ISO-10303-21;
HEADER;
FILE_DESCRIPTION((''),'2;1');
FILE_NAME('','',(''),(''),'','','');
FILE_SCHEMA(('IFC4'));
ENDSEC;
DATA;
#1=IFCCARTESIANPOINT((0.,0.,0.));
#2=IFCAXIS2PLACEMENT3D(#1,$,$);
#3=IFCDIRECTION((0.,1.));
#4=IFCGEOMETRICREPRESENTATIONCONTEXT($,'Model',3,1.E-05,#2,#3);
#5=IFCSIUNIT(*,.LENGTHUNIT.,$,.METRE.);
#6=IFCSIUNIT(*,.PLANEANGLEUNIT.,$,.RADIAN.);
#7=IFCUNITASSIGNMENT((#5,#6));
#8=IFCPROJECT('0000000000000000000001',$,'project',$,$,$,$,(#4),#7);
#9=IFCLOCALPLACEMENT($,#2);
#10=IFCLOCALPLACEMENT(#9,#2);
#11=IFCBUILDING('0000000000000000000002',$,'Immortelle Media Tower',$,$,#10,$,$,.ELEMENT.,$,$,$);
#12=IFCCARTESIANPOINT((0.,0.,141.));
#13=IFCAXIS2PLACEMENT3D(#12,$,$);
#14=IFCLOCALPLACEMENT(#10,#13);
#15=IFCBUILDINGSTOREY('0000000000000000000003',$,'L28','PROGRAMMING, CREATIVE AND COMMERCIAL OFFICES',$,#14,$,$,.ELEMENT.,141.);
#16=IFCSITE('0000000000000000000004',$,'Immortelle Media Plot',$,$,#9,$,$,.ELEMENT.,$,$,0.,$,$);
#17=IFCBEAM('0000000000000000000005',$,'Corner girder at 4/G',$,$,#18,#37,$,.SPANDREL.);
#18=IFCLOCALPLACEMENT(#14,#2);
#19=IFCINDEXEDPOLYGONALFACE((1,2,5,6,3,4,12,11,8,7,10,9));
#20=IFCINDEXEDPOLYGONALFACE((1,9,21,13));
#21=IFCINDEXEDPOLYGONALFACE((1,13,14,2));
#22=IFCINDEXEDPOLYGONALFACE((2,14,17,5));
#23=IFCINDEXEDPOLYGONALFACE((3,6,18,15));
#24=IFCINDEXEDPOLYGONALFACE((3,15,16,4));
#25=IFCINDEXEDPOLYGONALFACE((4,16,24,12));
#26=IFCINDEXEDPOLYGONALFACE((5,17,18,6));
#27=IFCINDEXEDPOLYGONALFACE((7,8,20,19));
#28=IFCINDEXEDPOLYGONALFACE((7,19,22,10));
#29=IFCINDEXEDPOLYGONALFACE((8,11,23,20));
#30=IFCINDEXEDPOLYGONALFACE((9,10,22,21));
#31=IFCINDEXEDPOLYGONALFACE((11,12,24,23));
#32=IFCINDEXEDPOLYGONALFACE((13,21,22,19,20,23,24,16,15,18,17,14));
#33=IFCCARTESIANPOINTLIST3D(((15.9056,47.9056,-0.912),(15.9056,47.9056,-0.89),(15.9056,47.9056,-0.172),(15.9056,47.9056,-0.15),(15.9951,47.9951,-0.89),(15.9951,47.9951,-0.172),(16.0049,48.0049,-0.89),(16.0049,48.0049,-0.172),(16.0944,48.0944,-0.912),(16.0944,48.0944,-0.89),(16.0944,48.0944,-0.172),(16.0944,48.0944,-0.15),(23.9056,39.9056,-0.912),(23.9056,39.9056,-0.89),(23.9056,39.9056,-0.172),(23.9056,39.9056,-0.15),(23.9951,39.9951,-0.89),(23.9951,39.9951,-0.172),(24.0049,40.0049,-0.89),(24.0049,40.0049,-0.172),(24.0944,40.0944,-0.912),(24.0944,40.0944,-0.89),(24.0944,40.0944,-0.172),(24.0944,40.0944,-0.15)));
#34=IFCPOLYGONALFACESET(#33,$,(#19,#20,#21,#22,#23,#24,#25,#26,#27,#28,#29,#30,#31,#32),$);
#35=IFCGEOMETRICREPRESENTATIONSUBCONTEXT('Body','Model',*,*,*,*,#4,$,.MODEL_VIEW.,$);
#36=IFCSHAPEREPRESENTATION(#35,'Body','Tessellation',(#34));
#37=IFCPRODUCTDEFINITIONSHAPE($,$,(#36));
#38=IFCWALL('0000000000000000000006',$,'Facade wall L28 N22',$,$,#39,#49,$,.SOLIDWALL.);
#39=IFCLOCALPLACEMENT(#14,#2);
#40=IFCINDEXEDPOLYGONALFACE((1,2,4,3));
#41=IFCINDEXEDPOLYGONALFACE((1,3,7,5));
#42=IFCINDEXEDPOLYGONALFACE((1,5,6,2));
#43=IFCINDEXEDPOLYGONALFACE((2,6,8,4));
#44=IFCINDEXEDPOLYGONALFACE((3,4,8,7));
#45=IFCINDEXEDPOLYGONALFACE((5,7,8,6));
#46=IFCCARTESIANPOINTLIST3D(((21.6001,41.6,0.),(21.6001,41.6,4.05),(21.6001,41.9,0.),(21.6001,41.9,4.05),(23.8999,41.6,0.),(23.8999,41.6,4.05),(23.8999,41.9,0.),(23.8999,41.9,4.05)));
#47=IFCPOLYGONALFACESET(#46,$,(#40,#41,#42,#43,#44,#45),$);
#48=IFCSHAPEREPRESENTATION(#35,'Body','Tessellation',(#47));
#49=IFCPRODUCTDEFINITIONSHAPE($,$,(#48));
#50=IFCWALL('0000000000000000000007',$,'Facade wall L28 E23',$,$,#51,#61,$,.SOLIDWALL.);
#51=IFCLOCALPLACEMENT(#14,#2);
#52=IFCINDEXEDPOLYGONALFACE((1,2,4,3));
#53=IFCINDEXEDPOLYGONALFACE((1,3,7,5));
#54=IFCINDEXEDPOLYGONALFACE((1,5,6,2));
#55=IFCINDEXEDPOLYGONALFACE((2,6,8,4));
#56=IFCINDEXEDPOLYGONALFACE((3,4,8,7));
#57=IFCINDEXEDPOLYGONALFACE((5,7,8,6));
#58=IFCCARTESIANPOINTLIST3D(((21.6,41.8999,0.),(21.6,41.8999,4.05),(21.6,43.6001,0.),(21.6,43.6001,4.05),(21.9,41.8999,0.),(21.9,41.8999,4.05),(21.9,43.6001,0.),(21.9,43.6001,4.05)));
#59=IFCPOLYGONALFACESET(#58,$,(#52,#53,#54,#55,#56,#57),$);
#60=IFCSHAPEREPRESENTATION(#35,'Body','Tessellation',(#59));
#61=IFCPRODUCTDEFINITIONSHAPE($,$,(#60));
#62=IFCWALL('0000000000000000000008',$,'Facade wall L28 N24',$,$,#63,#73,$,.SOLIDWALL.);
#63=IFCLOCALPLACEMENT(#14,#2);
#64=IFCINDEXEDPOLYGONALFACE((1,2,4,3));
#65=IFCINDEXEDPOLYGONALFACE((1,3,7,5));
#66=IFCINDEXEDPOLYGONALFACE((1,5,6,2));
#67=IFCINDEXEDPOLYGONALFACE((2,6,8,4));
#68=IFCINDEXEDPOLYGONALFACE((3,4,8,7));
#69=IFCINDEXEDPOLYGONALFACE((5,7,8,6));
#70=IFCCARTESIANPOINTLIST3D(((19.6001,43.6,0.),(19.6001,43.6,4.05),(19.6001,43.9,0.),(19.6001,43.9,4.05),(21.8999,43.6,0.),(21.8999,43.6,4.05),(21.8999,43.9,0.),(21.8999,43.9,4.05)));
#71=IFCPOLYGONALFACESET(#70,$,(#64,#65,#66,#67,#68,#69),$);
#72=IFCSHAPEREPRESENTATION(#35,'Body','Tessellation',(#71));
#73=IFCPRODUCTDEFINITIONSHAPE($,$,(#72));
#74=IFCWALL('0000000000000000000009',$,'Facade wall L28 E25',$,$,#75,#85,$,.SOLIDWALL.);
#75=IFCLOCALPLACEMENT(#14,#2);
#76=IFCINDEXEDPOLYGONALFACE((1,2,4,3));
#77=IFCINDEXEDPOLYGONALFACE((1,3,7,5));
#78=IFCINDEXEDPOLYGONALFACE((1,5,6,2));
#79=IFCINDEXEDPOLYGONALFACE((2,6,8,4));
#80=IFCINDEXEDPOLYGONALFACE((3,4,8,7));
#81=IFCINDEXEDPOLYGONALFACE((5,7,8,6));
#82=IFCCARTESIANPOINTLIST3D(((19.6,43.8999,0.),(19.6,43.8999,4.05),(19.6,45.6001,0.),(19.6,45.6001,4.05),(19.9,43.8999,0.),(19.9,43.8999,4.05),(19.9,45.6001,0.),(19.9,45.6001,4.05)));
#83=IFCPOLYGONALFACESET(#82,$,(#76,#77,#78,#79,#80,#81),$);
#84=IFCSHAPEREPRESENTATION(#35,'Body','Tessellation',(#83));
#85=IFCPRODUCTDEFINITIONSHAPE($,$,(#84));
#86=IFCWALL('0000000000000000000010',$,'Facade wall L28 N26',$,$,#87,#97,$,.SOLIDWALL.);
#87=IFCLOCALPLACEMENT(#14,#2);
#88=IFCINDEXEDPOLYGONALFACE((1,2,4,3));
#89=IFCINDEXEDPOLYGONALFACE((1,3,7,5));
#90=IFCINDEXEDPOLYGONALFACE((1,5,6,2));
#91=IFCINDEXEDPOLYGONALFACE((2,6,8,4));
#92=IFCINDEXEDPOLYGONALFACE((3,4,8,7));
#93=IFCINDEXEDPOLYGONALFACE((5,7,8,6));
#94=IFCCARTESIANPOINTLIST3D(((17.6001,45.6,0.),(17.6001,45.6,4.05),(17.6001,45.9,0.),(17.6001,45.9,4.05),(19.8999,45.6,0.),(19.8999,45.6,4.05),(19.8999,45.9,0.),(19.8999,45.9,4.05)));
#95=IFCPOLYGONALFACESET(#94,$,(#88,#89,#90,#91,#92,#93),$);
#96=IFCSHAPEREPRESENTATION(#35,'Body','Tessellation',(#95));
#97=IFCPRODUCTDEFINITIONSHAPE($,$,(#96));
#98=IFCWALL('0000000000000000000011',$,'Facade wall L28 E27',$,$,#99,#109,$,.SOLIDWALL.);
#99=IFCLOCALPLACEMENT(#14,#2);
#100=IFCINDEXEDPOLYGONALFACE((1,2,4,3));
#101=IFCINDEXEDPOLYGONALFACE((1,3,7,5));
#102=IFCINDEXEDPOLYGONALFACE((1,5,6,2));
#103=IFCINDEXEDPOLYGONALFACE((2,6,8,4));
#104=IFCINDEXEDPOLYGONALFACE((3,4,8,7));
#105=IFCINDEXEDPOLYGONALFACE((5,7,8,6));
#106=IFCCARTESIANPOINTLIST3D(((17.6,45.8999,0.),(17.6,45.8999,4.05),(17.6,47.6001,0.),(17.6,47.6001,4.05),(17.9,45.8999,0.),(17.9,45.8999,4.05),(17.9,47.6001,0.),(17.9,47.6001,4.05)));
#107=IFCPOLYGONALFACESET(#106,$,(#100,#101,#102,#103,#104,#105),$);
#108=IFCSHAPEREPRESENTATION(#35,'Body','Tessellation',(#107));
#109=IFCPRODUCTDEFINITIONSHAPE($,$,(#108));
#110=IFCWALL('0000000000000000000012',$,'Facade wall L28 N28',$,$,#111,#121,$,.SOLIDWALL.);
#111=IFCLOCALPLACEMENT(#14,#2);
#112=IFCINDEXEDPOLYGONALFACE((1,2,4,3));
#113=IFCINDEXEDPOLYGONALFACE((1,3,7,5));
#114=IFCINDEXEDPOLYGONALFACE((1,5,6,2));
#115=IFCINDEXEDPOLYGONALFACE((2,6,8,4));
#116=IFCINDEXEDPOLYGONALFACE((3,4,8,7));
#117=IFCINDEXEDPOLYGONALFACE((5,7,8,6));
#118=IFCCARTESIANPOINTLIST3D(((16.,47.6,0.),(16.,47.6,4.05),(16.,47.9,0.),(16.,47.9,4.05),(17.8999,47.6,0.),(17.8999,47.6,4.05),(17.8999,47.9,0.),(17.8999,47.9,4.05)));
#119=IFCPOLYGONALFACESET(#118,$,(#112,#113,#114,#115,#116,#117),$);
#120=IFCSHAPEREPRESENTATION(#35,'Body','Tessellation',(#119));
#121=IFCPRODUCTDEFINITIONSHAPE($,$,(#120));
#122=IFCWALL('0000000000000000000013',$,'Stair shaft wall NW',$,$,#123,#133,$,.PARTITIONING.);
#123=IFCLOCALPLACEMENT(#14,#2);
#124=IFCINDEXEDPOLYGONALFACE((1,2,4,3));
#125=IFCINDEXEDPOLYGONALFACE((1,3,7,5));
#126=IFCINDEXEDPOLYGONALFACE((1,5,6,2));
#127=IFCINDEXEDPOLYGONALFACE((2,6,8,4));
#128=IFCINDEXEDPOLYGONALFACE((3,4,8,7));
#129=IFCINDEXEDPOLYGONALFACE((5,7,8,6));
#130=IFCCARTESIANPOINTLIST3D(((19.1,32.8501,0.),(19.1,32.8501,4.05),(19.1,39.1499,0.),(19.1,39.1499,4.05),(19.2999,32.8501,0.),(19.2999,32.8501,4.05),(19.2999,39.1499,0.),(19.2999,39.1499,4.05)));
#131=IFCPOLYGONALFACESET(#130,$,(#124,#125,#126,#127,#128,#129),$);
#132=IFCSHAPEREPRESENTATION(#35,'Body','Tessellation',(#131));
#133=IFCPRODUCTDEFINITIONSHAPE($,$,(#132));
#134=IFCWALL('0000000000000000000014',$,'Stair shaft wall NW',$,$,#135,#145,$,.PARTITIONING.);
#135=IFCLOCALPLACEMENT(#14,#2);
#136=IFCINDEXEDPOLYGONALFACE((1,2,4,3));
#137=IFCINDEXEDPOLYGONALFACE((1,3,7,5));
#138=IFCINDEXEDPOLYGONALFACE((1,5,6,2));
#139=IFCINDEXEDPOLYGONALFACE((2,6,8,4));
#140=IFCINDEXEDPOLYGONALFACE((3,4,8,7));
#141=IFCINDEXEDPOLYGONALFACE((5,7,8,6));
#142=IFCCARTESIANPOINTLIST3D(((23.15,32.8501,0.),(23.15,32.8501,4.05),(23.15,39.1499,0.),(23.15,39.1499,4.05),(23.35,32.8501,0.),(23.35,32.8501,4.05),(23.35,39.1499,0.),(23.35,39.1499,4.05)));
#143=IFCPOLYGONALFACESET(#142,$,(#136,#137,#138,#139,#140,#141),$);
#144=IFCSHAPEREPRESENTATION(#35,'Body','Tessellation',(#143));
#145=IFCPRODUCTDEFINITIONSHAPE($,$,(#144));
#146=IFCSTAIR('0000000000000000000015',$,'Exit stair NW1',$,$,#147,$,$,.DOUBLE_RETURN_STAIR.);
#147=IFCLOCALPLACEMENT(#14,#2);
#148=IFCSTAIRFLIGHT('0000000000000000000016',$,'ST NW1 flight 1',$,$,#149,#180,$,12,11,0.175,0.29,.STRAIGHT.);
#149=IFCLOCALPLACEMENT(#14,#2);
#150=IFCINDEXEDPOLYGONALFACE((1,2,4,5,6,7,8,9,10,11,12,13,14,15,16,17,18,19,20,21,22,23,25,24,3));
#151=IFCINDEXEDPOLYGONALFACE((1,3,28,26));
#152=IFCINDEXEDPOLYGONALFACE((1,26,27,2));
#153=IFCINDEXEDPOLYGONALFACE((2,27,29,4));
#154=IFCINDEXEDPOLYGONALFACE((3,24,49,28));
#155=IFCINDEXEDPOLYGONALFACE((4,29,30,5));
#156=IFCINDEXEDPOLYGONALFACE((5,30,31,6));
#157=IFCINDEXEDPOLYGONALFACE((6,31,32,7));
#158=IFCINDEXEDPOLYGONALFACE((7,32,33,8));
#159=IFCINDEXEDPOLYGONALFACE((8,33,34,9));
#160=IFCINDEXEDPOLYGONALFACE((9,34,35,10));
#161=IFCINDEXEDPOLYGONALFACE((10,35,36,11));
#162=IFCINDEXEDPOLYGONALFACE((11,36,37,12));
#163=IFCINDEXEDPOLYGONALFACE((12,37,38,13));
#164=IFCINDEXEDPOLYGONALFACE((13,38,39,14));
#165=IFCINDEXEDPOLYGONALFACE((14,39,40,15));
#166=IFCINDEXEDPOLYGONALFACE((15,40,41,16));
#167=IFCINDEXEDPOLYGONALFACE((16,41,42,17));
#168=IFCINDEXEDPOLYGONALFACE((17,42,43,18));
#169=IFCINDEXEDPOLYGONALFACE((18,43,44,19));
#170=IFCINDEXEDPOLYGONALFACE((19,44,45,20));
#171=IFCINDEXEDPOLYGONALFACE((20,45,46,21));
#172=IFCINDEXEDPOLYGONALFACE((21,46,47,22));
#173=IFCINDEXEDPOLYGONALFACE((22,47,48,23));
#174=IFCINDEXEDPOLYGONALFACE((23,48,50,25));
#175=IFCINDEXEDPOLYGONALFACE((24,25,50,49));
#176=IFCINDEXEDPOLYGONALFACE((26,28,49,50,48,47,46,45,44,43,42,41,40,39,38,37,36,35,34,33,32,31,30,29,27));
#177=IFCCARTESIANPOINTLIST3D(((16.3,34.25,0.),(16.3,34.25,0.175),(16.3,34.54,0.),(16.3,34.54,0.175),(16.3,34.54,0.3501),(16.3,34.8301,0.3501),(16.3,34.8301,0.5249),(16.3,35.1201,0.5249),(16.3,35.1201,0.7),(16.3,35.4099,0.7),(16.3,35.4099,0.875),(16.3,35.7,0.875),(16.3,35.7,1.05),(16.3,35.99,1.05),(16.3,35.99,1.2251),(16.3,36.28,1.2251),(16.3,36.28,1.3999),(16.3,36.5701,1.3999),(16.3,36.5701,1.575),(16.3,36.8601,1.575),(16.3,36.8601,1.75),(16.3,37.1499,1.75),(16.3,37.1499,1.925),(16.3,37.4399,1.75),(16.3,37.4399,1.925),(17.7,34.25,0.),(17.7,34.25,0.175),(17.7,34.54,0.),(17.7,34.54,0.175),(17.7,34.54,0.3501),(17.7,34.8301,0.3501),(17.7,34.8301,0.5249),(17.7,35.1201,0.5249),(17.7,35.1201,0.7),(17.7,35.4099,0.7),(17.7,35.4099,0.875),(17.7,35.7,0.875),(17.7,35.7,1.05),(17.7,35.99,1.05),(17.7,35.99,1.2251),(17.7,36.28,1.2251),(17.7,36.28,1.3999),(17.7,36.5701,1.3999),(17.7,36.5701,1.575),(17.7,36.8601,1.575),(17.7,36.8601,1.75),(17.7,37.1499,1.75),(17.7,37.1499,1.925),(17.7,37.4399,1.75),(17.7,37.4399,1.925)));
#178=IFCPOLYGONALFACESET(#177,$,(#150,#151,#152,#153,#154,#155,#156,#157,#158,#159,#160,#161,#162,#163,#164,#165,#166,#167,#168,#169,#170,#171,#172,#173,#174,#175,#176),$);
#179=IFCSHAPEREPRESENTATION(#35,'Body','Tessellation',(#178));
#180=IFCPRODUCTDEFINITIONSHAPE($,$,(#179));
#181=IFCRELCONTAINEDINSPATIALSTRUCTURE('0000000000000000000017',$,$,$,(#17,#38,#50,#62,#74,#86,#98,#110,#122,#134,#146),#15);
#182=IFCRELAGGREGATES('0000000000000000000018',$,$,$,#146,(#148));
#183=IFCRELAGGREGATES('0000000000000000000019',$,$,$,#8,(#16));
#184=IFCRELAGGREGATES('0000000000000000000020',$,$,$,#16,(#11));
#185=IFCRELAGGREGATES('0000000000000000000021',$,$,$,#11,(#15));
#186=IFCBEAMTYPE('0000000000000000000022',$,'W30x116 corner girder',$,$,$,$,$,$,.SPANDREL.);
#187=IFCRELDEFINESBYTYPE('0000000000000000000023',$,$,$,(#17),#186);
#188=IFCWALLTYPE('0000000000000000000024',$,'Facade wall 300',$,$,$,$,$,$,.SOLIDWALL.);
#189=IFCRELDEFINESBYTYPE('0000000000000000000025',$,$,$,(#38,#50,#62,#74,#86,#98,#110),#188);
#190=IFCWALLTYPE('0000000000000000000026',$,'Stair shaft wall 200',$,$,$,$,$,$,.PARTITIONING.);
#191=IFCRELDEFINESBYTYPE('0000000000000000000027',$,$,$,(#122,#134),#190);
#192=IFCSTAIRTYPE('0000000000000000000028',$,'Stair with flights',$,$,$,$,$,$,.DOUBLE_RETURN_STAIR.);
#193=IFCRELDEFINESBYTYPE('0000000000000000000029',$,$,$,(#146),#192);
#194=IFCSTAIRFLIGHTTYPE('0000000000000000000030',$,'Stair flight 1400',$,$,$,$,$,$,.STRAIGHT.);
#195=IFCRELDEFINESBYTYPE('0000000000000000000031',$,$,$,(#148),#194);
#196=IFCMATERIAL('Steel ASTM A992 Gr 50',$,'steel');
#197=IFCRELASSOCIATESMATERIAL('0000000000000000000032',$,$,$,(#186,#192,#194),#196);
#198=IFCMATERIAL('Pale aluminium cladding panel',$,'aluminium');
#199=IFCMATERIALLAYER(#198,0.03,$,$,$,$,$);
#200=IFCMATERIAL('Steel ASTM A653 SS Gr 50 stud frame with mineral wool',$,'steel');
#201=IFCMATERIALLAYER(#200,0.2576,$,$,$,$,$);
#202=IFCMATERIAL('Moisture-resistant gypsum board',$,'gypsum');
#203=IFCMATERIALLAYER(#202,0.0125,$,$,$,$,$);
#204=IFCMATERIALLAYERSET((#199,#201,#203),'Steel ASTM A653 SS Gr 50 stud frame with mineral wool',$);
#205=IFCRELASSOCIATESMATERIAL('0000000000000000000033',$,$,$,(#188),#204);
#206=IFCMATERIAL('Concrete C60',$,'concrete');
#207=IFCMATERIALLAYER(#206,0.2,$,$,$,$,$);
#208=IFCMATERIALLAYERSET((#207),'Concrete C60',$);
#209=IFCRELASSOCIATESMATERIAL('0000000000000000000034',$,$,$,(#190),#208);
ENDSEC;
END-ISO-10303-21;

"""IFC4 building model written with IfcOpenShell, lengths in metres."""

from ifc_helpers import new_model, si_unit, direction, frame, frame_2d, origin, origin_2d, place, context, subcontext, project, spatial, polyline, rectangle, i_section, outline, extrude, material, layer, layer_set, material_profile, profile_set, type_object, element, aggregate, save


model = new_model("IFC4")

# Units and contexts
model_context = context("Model", 3, precision=1e-05, world=origin(), true_north=direction((0.0, 1.0)))
body_context = subcontext(model_context, "Body", "Model", "MODEL_VIEW")
ifc_project = project(units=[si_unit("LENGTHUNIT", "METRE"), si_unit("PLANEANGLEUNIT", "RADIAN")], contexts=[model_context])

# Site, building, storey
site_placement = place(None, origin())
site = spatial("IfcSite", under=ifc_project, at=site_placement, Name="Immortelle Media Plot", CompositionType="ELEMENT", RefElevation=0.0)
building_placement = place(site_placement, origin())
building = spatial("IfcBuilding", under=site, at=building_placement, Name="Immortelle Media Tower", CompositionType="ELEMENT")
storey_placement = place(building_placement, frame((0.0, 0.0, 141.0)))
storey = spatial("IfcBuildingStorey", under=building, at=storey_placement, Name="L28", Description="PROGRAMMING, CREATIVE AND COMMERCIAL OFFICES", CompositionType="ELEMENT", Elevation=141.0)

# Shared definitions
ifc_material_1 = material(Name="Steel ASTM A992 Gr 50", Category="steel")

# Beam
ifc_material_profile_1 = material_profile(ifc_material_1, i_section(OverallWidth=0.2671, OverallDepth=0.762, WebThickness=0.0139, FlangeThickness=0.022, at=origin_2d()), Name="W30x116")
ifc_profile_set_1 = profile_set([ifc_material_profile_1], Name="Steel ASTM A992 Gr 50")
beam_type_1 = type_object("IfcBeamType", Name="W30x116 corner girder", PredefinedType="SPANDREL", material=ifc_profile_set_1)
beam_1_placement = place(storey_placement, frame((16.0, 48.0, -0.531), z_axis=(0.707107, -0.707107, 0.0), x_axis=(0.707107, 0.707107, 0.0)))
element("IfcBeam", 1, at=beam_1_placement, inside=storey, type_object=beam_type_1, Name="Corner girder at 4/G", PredefinedType="SPANDREL", context=body_context, shape_type="SweptSolid", body=[
    extrude(i_section(OverallWidth=0.2671, OverallDepth=0.762, WebThickness=0.0139, FlangeThickness=0.022, at=origin_2d()), origin(), (0.0, 0.0, 1.0), 11.3137),
])

# Walls
ifc_material_2 = material(Name="Pale aluminium cladding panel", Category="aluminium")
ifc_layer_1 = layer(ifc_material_2, 0.03)
ifc_material_3 = material(Name="Steel ASTM A653 SS Gr 50 stud frame with mineral wool", Category="steel")
ifc_layer_2 = layer(ifc_material_3, 0.2576)
ifc_material_4 = material(Name="Moisture-resistant gypsum board", Category="gypsum")
ifc_layer_3 = layer(ifc_material_4, 0.0125)
ifc_layer_set_1 = layer_set([ifc_layer_1, ifc_layer_2, ifc_layer_3], Name="Steel ASTM A653 SS Gr 50 stud frame with mineral wool")
wall_type_1 = type_object("IfcWallType", Name="Facade wall 300", PredefinedType="SOLIDWALL", material=ifc_layer_set_1)
wall_1_placement = place(storey_placement, frame((23.8999, 41.75, 0.0), z_axis=(0.0, 0.0, 1.0), x_axis=(-1.0, 0.0, 0.0)))
element("IfcWall", 2, at=wall_1_placement, inside=storey, type_object=wall_type_1, Name="Facade wall L28 N22", PredefinedType="SOLIDWALL", context=body_context, shape_type="SweptSolid", body=[
    extrude(rectangle(XDim=2.2998, YDim=0.3, at=frame_2d((1.1499, 0.0))), origin(), (0.0, 0.0, 1.0), 4.05),
])
wall_2_placement = place(storey_placement, frame((21.75, 41.8999, 0.0), z_axis=(0.0, 0.0, 1.0), x_axis=(0.0, 1.0, 0.0)))
element("IfcWall", 3, at=wall_2_placement, inside=storey, type_object=wall_type_1, Name="Facade wall L28 E23", PredefinedType="SOLIDWALL", context=body_context, shape_type="SweptSolid", body=[
    extrude(rectangle(XDim=1.7002, YDim=0.3, at=frame_2d((0.8501, 0.0))), origin(), (0.0, 0.0, 1.0), 4.05),
])
wall_3_placement = place(storey_placement, frame((21.8999, 43.75, 0.0), z_axis=(0.0, 0.0, 1.0), x_axis=(-1.0, 0.0, 0.0)))
element("IfcWall", 4, at=wall_3_placement, inside=storey, type_object=wall_type_1, Name="Facade wall L28 N24", PredefinedType="SOLIDWALL", context=body_context, shape_type="SweptSolid", body=[
    extrude(rectangle(XDim=2.2998, YDim=0.3, at=frame_2d((1.1499, 0.0))), origin(), (0.0, 0.0, 1.0), 4.05),
])
wall_4_placement = place(storey_placement, frame((19.75, 43.8999, 0.0), z_axis=(0.0, 0.0, 1.0), x_axis=(0.0, 1.0, 0.0)))
element("IfcWall", 5, at=wall_4_placement, inside=storey, type_object=wall_type_1, Name="Facade wall L28 E25", PredefinedType="SOLIDWALL", context=body_context, shape_type="SweptSolid", body=[
    extrude(rectangle(XDim=1.7002, YDim=0.3, at=frame_2d((0.8501, 0.0))), origin(), (0.0, 0.0, 1.0), 4.05),
])
wall_5_placement = place(storey_placement, frame((19.8999, 45.75, 0.0), z_axis=(0.0, 0.0, 1.0), x_axis=(-1.0, 0.0, 0.0)))
element("IfcWall", 6, at=wall_5_placement, inside=storey, type_object=wall_type_1, Name="Facade wall L28 N26", PredefinedType="SOLIDWALL", context=body_context, shape_type="SweptSolid", body=[
    extrude(rectangle(XDim=2.2998, YDim=0.3, at=frame_2d((1.1499, 0.0))), origin(), (0.0, 0.0, 1.0), 4.05),
])
wall_6_placement = place(storey_placement, frame((17.75, 45.8999, 0.0), z_axis=(0.0, 0.0, 1.0), x_axis=(0.0, 1.0, 0.0)))
element("IfcWall", 7, at=wall_6_placement, inside=storey, type_object=wall_type_1, Name="Facade wall L28 E27", PredefinedType="SOLIDWALL", context=body_context, shape_type="SweptSolid", body=[
    extrude(rectangle(XDim=1.7002, YDim=0.3, at=frame_2d((0.8501, 0.0))), origin(), (0.0, 0.0, 1.0), 4.05),
])
wall_7_placement = place(storey_placement, frame((17.8999, 47.75, 0.0), z_axis=(0.0, 0.0, 1.0), x_axis=(-1.0, 0.0, 0.0)))
element("IfcWall", 8, at=wall_7_placement, inside=storey, type_object=wall_type_1, Name="Facade wall L28 N28", PredefinedType="SOLIDWALL", context=body_context, shape_type="SweptSolid", body=[
    extrude(rectangle(XDim=1.8999, YDim=0.3, at=frame_2d((0.95, 0.0))), origin(), (0.0, 0.0, 1.0), 4.05),
])
ifc_material_5 = material(Name="Concrete C60", Category="concrete")
ifc_layer_4 = layer(ifc_material_5, 0.2)
ifc_layer_set_2 = layer_set([ifc_layer_4], Name="Concrete C60")
wall_type_2 = type_object("IfcWallType", Name="Stair shaft wall 200", PredefinedType="PARTITIONING", material=ifc_layer_set_2)
for number, where, z_axis, x_axis, name in (
    (9, (19.2, 32.8501, 0.0), (0.0, 0.0, 1.0), (0.0, 1.0, 0.0), "Stair shaft wall NW"),
    (10, (23.25, 32.8501, 0.0), (0.0, 0.0, 1.0), (0.0, 1.0, 0.0), "Stair shaft wall NW"),
):
    element("IfcWall", number, at=place(storey_placement, frame(where, z_axis=z_axis, x_axis=x_axis)), inside=storey, type_object=wall_type_2, Name=name, PredefinedType="PARTITIONING", context=body_context, shape_type="SweptSolid", body=[
        extrude(rectangle(XDim=6.2998, YDim=0.2, at=frame_2d((3.1499, 0.0))), origin(), (0.0, 0.0, 1.0), 4.05),
    ])

# Stair, stair flight
stair_type = type_object("IfcStairType", Name="Stair with flights", PredefinedType="DOUBLE_RETURN_STAIR", material=ifc_material_1)
stair_1_placement = place(storey_placement, origin())
stair_1 = element("IfcStair", 11, at=stair_1_placement, inside=storey, type_object=stair_type, Name="Exit stair NW1", PredefinedType="DOUBLE_RETURN_STAIR")
stair_flight_type = type_object("IfcStairFlightType", Name="Stair flight 1400", PredefinedType="STRAIGHT", material=ifc_material_1)
stair_flight_1_placement = place(storey_placement, frame((17.0, 34.25, 0.0), z_axis=(0.0, 0.0, 1.0), x_axis=(0.0, 1.0, 0.0)))
stair_flight_1 = element("IfcStairFlight", 12, at=stair_flight_1_placement, type_object=stair_flight_type, Name="ST NW1 flight 1", NumberOfRisers=12, NumberOfTreads=11, PredefinedType="STRAIGHT", RiserHeight=0.175, TreadLength=0.29, context=body_context, shape_type="SweptSolid", body=[
    extrude(outline(polyline([(0.0, 0.0), (0.0, 0.175), (0.29, 0.175), (0.29, 0.3501), (0.5801, 0.3501), (0.5801, 0.5249), (0.8701, 0.5249), (0.8701, 0.7), (1.1599, 0.7), (1.1599, 0.875), (1.45, 0.875), (1.45, 1.05), (1.74, 1.05), (1.74, 1.2251), (2.03, 1.2251), (2.03, 1.3999), (2.3201, 1.3999), (2.3201, 1.575), (2.6101, 1.575), (2.6101, 1.75), (2.8999, 1.75), (2.8999, 1.925), (3.1899, 1.925), (3.1899, 2.1001), (3.1899, 1.75), (0.29, 0.0), (0.0, 0.0)])), frame((0.0, 0.7, 0.0), z_axis=(0.0, -1.0, 0.0), x_axis=(1.0, 0.0, 0.0)), (0.0, 0.0, 1.0), 1.3999),
])
aggregate(stair_1, [stair_flight_1])

save(model, "model.ifc")
